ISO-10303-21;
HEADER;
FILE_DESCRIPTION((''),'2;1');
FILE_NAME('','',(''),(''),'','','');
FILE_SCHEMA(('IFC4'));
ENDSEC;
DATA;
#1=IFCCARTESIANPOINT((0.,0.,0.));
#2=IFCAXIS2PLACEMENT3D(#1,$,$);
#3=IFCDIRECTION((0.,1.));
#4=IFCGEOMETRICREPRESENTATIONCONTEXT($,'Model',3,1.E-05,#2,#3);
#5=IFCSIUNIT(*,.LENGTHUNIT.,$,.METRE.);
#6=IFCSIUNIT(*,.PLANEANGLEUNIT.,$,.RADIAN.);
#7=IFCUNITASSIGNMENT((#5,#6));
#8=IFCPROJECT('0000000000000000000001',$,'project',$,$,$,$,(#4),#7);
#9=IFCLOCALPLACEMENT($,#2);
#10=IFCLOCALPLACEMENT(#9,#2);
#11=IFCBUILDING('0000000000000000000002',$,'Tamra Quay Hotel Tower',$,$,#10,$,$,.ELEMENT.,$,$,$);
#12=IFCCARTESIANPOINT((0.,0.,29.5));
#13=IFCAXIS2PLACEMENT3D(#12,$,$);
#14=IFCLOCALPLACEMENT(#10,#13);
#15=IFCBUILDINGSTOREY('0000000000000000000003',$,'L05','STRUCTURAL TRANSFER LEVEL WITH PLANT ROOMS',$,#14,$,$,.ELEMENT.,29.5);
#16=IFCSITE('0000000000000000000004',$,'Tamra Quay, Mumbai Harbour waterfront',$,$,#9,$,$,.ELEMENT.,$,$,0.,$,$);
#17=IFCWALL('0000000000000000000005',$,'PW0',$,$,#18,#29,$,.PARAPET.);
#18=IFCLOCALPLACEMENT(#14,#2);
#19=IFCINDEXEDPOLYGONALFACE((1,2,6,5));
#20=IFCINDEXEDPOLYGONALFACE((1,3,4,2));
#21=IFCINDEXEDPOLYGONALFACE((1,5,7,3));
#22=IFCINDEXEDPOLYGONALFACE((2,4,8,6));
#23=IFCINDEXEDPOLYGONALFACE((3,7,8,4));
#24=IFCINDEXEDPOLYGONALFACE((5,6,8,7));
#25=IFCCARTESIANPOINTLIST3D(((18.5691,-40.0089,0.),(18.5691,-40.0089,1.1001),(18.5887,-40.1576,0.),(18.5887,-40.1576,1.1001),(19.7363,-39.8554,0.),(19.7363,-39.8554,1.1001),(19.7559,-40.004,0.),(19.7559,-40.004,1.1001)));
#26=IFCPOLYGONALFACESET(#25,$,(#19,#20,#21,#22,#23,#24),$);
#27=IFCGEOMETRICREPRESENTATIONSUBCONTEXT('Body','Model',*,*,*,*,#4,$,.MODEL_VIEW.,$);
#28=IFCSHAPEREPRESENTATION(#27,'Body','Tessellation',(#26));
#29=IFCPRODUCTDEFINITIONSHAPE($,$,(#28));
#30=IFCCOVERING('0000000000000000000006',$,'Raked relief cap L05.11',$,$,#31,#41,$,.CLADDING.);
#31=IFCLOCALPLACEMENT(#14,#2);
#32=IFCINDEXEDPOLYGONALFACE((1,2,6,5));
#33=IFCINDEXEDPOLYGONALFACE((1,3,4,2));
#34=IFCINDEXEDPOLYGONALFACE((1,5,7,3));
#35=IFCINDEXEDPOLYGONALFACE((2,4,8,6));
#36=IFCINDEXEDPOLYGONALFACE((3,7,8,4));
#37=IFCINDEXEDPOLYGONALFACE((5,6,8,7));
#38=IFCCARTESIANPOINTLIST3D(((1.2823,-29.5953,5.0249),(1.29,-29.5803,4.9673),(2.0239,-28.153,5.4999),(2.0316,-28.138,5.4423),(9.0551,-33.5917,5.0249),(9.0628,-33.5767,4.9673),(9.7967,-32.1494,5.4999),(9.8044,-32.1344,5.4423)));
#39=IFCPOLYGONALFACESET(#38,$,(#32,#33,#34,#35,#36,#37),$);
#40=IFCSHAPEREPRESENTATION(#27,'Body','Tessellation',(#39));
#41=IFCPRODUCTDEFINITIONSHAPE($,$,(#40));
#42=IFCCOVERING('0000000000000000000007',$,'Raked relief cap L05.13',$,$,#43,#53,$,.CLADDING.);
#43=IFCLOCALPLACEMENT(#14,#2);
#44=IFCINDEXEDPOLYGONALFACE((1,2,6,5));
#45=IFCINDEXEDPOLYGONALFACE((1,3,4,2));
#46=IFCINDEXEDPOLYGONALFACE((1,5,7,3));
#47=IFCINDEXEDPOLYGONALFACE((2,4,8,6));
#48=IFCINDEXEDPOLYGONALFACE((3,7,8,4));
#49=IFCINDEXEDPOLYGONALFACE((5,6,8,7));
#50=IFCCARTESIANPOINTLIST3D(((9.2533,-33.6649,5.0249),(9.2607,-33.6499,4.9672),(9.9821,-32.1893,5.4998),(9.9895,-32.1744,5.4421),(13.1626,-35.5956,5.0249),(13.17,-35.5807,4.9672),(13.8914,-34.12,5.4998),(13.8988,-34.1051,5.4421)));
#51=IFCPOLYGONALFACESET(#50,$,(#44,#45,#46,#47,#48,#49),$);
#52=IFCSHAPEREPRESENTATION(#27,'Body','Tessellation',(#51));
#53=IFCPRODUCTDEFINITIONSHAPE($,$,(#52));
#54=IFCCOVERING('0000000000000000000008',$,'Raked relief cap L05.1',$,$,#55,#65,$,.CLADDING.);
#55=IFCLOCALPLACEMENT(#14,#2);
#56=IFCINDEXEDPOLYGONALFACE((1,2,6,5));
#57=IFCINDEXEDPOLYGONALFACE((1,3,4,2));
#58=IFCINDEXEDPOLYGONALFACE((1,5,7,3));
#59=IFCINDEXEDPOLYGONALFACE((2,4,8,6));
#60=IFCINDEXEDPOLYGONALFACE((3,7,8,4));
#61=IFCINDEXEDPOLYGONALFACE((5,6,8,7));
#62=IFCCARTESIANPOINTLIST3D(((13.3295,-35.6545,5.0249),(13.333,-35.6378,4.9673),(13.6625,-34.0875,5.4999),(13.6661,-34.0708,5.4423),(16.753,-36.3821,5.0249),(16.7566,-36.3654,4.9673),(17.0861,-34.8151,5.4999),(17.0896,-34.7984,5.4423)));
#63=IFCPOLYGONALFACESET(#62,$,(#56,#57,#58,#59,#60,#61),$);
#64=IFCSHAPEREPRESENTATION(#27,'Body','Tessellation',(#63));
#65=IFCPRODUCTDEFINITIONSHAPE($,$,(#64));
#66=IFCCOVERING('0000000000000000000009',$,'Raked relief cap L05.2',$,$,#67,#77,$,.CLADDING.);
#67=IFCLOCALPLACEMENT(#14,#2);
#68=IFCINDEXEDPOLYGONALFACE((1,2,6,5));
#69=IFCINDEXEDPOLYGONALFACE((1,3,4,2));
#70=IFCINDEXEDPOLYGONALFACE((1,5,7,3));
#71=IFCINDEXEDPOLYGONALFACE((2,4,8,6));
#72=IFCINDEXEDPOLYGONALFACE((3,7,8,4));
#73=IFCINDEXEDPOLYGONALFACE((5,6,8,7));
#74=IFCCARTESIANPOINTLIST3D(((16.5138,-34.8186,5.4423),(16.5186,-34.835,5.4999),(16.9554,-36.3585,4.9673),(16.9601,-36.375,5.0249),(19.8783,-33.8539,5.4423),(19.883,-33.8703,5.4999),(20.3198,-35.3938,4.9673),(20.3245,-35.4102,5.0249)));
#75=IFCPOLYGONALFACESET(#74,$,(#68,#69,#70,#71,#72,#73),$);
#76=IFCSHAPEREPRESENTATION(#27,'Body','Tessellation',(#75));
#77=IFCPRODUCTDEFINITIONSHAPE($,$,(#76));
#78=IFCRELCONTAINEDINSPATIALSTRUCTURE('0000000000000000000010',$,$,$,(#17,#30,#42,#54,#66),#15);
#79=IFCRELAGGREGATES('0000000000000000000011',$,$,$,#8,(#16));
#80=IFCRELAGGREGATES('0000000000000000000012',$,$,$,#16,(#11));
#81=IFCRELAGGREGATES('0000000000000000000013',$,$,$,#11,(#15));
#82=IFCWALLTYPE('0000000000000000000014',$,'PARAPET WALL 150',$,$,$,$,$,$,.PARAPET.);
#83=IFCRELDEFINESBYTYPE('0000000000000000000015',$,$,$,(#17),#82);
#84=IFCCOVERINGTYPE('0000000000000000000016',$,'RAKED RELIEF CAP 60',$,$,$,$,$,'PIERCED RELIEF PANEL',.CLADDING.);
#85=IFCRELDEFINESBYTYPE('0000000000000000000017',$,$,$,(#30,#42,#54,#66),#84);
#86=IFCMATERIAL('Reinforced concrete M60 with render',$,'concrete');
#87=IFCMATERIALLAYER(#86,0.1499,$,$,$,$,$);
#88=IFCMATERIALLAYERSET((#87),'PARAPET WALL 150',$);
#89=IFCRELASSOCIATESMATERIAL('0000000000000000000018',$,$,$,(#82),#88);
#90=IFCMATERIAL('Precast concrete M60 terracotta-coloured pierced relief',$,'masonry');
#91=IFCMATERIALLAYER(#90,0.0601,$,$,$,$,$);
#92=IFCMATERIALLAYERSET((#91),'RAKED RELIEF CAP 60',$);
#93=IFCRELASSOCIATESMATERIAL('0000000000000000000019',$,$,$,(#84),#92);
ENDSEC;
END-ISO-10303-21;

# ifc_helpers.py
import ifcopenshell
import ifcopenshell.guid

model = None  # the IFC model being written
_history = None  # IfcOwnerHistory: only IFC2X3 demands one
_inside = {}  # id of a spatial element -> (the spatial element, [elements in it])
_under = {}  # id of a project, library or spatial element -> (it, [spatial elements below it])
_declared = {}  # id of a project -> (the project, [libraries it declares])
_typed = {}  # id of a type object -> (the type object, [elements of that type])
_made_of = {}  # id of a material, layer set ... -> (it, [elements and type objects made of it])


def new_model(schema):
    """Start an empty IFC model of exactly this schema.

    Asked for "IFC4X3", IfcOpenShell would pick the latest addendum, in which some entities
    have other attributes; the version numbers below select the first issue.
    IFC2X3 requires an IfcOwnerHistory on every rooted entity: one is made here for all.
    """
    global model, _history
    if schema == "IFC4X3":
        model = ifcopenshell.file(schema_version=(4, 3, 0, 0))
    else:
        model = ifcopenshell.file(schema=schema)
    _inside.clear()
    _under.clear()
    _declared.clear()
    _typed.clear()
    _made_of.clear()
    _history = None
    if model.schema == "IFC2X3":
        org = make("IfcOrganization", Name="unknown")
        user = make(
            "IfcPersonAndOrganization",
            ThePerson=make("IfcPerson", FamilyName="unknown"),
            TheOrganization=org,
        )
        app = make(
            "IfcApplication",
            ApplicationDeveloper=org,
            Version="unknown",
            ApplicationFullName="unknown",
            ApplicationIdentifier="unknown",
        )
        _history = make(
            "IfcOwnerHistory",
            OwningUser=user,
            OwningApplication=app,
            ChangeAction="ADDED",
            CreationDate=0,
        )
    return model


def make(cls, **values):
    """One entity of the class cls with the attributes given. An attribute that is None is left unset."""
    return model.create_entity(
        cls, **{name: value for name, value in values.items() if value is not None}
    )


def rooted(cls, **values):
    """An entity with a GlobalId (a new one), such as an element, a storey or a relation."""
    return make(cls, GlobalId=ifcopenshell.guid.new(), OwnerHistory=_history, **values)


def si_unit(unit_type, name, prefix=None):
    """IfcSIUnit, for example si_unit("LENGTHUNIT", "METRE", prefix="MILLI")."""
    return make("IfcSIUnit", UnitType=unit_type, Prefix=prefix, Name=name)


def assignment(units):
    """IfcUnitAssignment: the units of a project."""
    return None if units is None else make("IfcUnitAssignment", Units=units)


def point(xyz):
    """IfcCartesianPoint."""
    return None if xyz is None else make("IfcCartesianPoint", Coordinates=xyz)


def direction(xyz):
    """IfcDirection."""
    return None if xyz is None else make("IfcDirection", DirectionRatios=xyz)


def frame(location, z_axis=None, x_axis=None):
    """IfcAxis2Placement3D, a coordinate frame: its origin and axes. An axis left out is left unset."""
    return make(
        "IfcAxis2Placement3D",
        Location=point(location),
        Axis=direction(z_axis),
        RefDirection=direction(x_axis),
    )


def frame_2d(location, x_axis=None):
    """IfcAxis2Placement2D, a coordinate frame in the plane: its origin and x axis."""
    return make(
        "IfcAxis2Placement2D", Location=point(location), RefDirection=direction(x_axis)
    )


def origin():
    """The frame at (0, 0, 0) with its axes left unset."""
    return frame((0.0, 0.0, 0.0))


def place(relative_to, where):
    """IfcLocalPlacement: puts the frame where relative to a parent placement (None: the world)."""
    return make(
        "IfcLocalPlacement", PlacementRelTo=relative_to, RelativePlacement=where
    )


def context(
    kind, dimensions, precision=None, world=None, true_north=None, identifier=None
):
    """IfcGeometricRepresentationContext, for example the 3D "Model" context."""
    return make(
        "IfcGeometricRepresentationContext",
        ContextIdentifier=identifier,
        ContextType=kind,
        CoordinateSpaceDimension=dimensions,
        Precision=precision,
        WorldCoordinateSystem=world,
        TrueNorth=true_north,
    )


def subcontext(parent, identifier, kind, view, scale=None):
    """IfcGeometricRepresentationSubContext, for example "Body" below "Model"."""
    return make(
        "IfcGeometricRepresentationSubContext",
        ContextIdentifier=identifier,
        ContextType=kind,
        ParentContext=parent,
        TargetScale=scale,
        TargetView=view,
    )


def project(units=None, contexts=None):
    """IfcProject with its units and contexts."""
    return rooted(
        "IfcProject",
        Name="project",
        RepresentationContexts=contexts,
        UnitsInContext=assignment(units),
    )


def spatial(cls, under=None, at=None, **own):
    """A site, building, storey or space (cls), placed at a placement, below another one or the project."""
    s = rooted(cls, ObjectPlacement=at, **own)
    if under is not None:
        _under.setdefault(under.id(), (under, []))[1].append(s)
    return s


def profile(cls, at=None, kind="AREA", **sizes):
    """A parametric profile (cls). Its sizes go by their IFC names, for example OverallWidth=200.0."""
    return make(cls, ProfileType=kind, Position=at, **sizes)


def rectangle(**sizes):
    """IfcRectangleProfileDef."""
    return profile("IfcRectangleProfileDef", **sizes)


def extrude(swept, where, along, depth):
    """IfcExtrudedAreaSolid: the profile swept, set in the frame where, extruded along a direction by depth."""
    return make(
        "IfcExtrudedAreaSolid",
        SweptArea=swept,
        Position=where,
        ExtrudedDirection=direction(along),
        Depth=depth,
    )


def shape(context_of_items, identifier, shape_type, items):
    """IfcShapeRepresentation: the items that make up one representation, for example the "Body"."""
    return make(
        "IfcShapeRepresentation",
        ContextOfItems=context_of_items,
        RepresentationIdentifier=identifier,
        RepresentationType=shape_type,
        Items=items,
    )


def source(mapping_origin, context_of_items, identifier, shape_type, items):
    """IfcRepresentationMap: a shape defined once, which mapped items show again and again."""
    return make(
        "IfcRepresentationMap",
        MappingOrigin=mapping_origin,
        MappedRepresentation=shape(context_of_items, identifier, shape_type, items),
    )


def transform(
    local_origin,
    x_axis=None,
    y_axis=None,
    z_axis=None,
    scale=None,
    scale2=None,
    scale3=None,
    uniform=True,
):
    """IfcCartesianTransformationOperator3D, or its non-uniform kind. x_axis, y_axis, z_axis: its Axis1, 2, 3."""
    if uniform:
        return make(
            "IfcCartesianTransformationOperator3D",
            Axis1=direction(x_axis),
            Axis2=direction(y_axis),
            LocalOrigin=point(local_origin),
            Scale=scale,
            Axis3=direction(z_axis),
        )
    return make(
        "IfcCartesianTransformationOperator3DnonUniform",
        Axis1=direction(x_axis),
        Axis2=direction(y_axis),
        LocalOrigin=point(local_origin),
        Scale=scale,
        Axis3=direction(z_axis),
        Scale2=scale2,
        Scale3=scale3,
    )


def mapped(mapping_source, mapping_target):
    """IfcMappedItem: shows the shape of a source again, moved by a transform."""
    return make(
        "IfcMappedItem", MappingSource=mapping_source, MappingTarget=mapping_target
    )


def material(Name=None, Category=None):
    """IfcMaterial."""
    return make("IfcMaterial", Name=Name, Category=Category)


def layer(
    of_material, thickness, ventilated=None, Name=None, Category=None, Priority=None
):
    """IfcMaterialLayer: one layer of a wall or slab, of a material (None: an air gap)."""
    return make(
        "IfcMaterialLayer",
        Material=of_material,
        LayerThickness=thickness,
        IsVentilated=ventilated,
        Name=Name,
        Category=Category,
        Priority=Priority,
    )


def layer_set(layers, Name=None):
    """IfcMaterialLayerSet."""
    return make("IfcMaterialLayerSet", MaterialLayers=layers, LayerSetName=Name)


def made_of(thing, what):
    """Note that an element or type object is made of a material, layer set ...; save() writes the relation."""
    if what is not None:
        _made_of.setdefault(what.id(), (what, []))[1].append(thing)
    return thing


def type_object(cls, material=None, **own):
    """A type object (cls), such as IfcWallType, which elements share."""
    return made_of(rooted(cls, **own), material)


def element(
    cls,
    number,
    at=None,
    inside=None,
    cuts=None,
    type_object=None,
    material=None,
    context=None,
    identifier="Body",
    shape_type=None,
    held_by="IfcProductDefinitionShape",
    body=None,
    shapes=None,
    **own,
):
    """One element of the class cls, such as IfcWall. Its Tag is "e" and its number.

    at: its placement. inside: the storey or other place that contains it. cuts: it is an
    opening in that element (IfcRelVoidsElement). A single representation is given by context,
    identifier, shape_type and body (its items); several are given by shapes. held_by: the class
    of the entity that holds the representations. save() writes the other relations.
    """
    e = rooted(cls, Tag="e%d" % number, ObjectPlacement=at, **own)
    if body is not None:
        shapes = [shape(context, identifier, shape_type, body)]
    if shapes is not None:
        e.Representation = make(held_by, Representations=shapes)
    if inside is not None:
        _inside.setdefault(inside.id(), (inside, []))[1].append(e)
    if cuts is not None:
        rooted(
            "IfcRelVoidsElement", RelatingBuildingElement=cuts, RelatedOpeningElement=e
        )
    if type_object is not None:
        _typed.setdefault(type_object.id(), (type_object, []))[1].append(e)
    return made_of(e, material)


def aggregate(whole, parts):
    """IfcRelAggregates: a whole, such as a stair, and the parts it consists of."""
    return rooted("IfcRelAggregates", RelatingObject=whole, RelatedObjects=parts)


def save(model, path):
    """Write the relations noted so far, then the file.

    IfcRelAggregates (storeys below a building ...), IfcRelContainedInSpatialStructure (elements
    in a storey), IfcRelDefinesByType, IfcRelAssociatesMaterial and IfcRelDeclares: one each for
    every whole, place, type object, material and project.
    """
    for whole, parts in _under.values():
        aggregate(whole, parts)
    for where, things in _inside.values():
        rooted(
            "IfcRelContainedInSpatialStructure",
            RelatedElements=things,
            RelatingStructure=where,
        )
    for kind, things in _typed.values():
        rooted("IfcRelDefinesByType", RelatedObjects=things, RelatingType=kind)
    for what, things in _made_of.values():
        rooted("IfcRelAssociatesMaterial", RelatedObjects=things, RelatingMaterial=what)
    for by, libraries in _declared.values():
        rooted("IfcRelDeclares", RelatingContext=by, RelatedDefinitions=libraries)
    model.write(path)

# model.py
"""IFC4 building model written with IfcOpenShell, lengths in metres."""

from ifc_helpers import new_model, si_unit, direction, frame, frame_2d, origin, place, context, subcontext, project, spatial, rectangle, extrude, source, transform, mapped, material, layer, layer_set, type_object, element, save


model = new_model("IFC4")

# Units and contexts
model_context = context("Model", 3, precision=1e-05, world=origin(), true_north=direction((0.0, 1.0)))
body_context = subcontext(model_context, "Body", "Model", "MODEL_VIEW")
ifc_project = project(units=[si_unit("LENGTHUNIT", "METRE"), si_unit("PLANEANGLEUNIT", "RADIAN")], contexts=[model_context])

# Site, building, storey
site_placement = place(None, origin())
site = spatial("IfcSite", under=ifc_project, at=site_placement, Name="Tamra Quay, Mumbai Harbour waterfront", CompositionType="ELEMENT", RefElevation=0.0)
building_placement = place(site_placement, origin())
building = spatial("IfcBuilding", under=site, at=building_placement, Name="Tamra Quay Hotel Tower", CompositionType="ELEMENT")
storey_placement = place(building_placement, frame((0.0, 0.0, 29.5)))
storey = spatial("IfcBuildingStorey", under=building, at=storey_placement, Name="L05", Description="STRUCTURAL TRANSFER LEVEL WITH PLANT ROOMS", CompositionType="ELEMENT", Elevation=29.5)

# Wall
ifc_material_1 = material(Name="Reinforced concrete M60 with render", Category="concrete")
ifc_layer_1 = layer(ifc_material_1, 0.1499)
ifc_layer_set_1 = layer_set([ifc_layer_1], Name="PARAPET WALL 150")
wall_type_1 = type_object("IfcWallType", Name="PARAPET WALL 150", PredefinedType="PARAPET", material=ifc_layer_set_1)
for number, where, z_axis, x_axis, name in (
    (1, (19.7461, -39.9297, 0.0), (0.0, 0.0, 1.0), (-0.991456, -0.130438, 0.0), "PW0"),
):
    element("IfcWall", number, at=place(storey_placement, frame(where, z_axis=z_axis, x_axis=x_axis)), inside=storey, type_object=wall_type_1, Name=name, PredefinedType="PARAPET", context=body_context, shape_type="SweptSolid", body=[
        extrude(rectangle(XDim=1.1772, YDim=0.1499, at=frame_2d((0.5886, 0.0))), origin(), (0.0, 0.0, 1.0), 1.1001),
    ])

# Coverings
ifc_material_2 = material(Name="Precast concrete M60 terracotta-coloured pierced relief", Category="masonry")
ifc_layer_2 = layer(ifc_material_2, 0.0601)
ifc_layer_set_2 = layer_set([ifc_layer_2], Name="RAKED RELIEF CAP 60")
covering_type_1 = type_object("IfcCoveringType", Name="RAKED RELIEF CAP 60", ElementType="PIERCED RELIEF PANEL", PredefinedType="CLADDING", material=ifc_layer_set_2)
shared_shape_1 = source(origin(), body_context, "Body", "SweptSolid", [
    extrude(rectangle(XDim=8.74, YDim=1.6899, at=frame_2d((4.3701, 0.845))), frame((-4.3701, 0.0, -0.0601)), (0.0, 0.0, 1.0), 0.0601),
])
covering_1_placement = place(storey_placement, frame((5.1687, -31.5935, 5.0249), z_axis=(-0.128527, -0.24998, 0.959683), x_axis=(0.889337, -0.457253, 0.0)))
element("IfcCovering", 2, at=covering_1_placement, inside=storey, type_object=covering_type_1, Name="Raked relief cap L05.11", PredefinedType="CLADDING", context=body_context, shape_type="MappedRepresentation", body=[
    mapped(shared_shape_1, transform((0.0, 0.0, 0.0), scale=1.0)),
])
shared_shape_2 = source(origin(), body_context, "Body", "SweptSolid", [
    extrude(rectangle(XDim=4.3601, YDim=1.7129, at=frame_2d((2.1802, 0.8564))), frame((-2.1799, 0.0, -0.0601)), (0.0, 0.0, 1.0), 0.0601),
])
covering_2_placement = place(storey_placement, frame((11.2078, -34.6301, 5.0249), z_axis=(-0.122778, -0.248598, 0.960794), x_axis=(0.896611, -0.442819, 0.0)))
element("IfcCovering", 3, at=covering_2_placement, inside=storey, type_object=covering_type_1, Name="Raked relief cap L05.13", PredefinedType="CLADDING", context=body_context, shape_type="MappedRepresentation", body=[
    mapped(shared_shape_2, transform((0.0, 0.0, 0.0), scale=1.0)),
])
shared_shape_3 = source(origin(), body_context, "Body", "SweptSolid", [
    extrude(rectangle(XDim=3.5, YDim=1.6709, at=frame_2d((1.75, 0.8354))), frame((-1.75, 0.0, -0.0601)), (0.0, 0.0, 1.0), 0.0601),
])
for number, where, z_axis, x_axis, name in (
    (4, (15.0413, -36.0183, 5.0249), (-0.059092, -0.27804, 0.95875), (0.978153, -0.207887, 0.0), "Raked relief cap L05.1"),
    (5, (18.6423, -35.8926, 5.0249), (0.078352, -0.273238, 0.95875), (0.961259, 0.275645, 0.0), "Raked relief cap L05.2"),
):
    element("IfcCovering", number, at=place(storey_placement, frame(where, z_axis=z_axis, x_axis=x_axis)), inside=storey, type_object=covering_type_1, Name=name, PredefinedType="CLADDING", context=body_context, shape_type="MappedRepresentation", body=[
        mapped(shared_shape_3, transform((0.0, 0.0, 0.0), scale=1.0)),
    ])

save(model, "model.ifc")
